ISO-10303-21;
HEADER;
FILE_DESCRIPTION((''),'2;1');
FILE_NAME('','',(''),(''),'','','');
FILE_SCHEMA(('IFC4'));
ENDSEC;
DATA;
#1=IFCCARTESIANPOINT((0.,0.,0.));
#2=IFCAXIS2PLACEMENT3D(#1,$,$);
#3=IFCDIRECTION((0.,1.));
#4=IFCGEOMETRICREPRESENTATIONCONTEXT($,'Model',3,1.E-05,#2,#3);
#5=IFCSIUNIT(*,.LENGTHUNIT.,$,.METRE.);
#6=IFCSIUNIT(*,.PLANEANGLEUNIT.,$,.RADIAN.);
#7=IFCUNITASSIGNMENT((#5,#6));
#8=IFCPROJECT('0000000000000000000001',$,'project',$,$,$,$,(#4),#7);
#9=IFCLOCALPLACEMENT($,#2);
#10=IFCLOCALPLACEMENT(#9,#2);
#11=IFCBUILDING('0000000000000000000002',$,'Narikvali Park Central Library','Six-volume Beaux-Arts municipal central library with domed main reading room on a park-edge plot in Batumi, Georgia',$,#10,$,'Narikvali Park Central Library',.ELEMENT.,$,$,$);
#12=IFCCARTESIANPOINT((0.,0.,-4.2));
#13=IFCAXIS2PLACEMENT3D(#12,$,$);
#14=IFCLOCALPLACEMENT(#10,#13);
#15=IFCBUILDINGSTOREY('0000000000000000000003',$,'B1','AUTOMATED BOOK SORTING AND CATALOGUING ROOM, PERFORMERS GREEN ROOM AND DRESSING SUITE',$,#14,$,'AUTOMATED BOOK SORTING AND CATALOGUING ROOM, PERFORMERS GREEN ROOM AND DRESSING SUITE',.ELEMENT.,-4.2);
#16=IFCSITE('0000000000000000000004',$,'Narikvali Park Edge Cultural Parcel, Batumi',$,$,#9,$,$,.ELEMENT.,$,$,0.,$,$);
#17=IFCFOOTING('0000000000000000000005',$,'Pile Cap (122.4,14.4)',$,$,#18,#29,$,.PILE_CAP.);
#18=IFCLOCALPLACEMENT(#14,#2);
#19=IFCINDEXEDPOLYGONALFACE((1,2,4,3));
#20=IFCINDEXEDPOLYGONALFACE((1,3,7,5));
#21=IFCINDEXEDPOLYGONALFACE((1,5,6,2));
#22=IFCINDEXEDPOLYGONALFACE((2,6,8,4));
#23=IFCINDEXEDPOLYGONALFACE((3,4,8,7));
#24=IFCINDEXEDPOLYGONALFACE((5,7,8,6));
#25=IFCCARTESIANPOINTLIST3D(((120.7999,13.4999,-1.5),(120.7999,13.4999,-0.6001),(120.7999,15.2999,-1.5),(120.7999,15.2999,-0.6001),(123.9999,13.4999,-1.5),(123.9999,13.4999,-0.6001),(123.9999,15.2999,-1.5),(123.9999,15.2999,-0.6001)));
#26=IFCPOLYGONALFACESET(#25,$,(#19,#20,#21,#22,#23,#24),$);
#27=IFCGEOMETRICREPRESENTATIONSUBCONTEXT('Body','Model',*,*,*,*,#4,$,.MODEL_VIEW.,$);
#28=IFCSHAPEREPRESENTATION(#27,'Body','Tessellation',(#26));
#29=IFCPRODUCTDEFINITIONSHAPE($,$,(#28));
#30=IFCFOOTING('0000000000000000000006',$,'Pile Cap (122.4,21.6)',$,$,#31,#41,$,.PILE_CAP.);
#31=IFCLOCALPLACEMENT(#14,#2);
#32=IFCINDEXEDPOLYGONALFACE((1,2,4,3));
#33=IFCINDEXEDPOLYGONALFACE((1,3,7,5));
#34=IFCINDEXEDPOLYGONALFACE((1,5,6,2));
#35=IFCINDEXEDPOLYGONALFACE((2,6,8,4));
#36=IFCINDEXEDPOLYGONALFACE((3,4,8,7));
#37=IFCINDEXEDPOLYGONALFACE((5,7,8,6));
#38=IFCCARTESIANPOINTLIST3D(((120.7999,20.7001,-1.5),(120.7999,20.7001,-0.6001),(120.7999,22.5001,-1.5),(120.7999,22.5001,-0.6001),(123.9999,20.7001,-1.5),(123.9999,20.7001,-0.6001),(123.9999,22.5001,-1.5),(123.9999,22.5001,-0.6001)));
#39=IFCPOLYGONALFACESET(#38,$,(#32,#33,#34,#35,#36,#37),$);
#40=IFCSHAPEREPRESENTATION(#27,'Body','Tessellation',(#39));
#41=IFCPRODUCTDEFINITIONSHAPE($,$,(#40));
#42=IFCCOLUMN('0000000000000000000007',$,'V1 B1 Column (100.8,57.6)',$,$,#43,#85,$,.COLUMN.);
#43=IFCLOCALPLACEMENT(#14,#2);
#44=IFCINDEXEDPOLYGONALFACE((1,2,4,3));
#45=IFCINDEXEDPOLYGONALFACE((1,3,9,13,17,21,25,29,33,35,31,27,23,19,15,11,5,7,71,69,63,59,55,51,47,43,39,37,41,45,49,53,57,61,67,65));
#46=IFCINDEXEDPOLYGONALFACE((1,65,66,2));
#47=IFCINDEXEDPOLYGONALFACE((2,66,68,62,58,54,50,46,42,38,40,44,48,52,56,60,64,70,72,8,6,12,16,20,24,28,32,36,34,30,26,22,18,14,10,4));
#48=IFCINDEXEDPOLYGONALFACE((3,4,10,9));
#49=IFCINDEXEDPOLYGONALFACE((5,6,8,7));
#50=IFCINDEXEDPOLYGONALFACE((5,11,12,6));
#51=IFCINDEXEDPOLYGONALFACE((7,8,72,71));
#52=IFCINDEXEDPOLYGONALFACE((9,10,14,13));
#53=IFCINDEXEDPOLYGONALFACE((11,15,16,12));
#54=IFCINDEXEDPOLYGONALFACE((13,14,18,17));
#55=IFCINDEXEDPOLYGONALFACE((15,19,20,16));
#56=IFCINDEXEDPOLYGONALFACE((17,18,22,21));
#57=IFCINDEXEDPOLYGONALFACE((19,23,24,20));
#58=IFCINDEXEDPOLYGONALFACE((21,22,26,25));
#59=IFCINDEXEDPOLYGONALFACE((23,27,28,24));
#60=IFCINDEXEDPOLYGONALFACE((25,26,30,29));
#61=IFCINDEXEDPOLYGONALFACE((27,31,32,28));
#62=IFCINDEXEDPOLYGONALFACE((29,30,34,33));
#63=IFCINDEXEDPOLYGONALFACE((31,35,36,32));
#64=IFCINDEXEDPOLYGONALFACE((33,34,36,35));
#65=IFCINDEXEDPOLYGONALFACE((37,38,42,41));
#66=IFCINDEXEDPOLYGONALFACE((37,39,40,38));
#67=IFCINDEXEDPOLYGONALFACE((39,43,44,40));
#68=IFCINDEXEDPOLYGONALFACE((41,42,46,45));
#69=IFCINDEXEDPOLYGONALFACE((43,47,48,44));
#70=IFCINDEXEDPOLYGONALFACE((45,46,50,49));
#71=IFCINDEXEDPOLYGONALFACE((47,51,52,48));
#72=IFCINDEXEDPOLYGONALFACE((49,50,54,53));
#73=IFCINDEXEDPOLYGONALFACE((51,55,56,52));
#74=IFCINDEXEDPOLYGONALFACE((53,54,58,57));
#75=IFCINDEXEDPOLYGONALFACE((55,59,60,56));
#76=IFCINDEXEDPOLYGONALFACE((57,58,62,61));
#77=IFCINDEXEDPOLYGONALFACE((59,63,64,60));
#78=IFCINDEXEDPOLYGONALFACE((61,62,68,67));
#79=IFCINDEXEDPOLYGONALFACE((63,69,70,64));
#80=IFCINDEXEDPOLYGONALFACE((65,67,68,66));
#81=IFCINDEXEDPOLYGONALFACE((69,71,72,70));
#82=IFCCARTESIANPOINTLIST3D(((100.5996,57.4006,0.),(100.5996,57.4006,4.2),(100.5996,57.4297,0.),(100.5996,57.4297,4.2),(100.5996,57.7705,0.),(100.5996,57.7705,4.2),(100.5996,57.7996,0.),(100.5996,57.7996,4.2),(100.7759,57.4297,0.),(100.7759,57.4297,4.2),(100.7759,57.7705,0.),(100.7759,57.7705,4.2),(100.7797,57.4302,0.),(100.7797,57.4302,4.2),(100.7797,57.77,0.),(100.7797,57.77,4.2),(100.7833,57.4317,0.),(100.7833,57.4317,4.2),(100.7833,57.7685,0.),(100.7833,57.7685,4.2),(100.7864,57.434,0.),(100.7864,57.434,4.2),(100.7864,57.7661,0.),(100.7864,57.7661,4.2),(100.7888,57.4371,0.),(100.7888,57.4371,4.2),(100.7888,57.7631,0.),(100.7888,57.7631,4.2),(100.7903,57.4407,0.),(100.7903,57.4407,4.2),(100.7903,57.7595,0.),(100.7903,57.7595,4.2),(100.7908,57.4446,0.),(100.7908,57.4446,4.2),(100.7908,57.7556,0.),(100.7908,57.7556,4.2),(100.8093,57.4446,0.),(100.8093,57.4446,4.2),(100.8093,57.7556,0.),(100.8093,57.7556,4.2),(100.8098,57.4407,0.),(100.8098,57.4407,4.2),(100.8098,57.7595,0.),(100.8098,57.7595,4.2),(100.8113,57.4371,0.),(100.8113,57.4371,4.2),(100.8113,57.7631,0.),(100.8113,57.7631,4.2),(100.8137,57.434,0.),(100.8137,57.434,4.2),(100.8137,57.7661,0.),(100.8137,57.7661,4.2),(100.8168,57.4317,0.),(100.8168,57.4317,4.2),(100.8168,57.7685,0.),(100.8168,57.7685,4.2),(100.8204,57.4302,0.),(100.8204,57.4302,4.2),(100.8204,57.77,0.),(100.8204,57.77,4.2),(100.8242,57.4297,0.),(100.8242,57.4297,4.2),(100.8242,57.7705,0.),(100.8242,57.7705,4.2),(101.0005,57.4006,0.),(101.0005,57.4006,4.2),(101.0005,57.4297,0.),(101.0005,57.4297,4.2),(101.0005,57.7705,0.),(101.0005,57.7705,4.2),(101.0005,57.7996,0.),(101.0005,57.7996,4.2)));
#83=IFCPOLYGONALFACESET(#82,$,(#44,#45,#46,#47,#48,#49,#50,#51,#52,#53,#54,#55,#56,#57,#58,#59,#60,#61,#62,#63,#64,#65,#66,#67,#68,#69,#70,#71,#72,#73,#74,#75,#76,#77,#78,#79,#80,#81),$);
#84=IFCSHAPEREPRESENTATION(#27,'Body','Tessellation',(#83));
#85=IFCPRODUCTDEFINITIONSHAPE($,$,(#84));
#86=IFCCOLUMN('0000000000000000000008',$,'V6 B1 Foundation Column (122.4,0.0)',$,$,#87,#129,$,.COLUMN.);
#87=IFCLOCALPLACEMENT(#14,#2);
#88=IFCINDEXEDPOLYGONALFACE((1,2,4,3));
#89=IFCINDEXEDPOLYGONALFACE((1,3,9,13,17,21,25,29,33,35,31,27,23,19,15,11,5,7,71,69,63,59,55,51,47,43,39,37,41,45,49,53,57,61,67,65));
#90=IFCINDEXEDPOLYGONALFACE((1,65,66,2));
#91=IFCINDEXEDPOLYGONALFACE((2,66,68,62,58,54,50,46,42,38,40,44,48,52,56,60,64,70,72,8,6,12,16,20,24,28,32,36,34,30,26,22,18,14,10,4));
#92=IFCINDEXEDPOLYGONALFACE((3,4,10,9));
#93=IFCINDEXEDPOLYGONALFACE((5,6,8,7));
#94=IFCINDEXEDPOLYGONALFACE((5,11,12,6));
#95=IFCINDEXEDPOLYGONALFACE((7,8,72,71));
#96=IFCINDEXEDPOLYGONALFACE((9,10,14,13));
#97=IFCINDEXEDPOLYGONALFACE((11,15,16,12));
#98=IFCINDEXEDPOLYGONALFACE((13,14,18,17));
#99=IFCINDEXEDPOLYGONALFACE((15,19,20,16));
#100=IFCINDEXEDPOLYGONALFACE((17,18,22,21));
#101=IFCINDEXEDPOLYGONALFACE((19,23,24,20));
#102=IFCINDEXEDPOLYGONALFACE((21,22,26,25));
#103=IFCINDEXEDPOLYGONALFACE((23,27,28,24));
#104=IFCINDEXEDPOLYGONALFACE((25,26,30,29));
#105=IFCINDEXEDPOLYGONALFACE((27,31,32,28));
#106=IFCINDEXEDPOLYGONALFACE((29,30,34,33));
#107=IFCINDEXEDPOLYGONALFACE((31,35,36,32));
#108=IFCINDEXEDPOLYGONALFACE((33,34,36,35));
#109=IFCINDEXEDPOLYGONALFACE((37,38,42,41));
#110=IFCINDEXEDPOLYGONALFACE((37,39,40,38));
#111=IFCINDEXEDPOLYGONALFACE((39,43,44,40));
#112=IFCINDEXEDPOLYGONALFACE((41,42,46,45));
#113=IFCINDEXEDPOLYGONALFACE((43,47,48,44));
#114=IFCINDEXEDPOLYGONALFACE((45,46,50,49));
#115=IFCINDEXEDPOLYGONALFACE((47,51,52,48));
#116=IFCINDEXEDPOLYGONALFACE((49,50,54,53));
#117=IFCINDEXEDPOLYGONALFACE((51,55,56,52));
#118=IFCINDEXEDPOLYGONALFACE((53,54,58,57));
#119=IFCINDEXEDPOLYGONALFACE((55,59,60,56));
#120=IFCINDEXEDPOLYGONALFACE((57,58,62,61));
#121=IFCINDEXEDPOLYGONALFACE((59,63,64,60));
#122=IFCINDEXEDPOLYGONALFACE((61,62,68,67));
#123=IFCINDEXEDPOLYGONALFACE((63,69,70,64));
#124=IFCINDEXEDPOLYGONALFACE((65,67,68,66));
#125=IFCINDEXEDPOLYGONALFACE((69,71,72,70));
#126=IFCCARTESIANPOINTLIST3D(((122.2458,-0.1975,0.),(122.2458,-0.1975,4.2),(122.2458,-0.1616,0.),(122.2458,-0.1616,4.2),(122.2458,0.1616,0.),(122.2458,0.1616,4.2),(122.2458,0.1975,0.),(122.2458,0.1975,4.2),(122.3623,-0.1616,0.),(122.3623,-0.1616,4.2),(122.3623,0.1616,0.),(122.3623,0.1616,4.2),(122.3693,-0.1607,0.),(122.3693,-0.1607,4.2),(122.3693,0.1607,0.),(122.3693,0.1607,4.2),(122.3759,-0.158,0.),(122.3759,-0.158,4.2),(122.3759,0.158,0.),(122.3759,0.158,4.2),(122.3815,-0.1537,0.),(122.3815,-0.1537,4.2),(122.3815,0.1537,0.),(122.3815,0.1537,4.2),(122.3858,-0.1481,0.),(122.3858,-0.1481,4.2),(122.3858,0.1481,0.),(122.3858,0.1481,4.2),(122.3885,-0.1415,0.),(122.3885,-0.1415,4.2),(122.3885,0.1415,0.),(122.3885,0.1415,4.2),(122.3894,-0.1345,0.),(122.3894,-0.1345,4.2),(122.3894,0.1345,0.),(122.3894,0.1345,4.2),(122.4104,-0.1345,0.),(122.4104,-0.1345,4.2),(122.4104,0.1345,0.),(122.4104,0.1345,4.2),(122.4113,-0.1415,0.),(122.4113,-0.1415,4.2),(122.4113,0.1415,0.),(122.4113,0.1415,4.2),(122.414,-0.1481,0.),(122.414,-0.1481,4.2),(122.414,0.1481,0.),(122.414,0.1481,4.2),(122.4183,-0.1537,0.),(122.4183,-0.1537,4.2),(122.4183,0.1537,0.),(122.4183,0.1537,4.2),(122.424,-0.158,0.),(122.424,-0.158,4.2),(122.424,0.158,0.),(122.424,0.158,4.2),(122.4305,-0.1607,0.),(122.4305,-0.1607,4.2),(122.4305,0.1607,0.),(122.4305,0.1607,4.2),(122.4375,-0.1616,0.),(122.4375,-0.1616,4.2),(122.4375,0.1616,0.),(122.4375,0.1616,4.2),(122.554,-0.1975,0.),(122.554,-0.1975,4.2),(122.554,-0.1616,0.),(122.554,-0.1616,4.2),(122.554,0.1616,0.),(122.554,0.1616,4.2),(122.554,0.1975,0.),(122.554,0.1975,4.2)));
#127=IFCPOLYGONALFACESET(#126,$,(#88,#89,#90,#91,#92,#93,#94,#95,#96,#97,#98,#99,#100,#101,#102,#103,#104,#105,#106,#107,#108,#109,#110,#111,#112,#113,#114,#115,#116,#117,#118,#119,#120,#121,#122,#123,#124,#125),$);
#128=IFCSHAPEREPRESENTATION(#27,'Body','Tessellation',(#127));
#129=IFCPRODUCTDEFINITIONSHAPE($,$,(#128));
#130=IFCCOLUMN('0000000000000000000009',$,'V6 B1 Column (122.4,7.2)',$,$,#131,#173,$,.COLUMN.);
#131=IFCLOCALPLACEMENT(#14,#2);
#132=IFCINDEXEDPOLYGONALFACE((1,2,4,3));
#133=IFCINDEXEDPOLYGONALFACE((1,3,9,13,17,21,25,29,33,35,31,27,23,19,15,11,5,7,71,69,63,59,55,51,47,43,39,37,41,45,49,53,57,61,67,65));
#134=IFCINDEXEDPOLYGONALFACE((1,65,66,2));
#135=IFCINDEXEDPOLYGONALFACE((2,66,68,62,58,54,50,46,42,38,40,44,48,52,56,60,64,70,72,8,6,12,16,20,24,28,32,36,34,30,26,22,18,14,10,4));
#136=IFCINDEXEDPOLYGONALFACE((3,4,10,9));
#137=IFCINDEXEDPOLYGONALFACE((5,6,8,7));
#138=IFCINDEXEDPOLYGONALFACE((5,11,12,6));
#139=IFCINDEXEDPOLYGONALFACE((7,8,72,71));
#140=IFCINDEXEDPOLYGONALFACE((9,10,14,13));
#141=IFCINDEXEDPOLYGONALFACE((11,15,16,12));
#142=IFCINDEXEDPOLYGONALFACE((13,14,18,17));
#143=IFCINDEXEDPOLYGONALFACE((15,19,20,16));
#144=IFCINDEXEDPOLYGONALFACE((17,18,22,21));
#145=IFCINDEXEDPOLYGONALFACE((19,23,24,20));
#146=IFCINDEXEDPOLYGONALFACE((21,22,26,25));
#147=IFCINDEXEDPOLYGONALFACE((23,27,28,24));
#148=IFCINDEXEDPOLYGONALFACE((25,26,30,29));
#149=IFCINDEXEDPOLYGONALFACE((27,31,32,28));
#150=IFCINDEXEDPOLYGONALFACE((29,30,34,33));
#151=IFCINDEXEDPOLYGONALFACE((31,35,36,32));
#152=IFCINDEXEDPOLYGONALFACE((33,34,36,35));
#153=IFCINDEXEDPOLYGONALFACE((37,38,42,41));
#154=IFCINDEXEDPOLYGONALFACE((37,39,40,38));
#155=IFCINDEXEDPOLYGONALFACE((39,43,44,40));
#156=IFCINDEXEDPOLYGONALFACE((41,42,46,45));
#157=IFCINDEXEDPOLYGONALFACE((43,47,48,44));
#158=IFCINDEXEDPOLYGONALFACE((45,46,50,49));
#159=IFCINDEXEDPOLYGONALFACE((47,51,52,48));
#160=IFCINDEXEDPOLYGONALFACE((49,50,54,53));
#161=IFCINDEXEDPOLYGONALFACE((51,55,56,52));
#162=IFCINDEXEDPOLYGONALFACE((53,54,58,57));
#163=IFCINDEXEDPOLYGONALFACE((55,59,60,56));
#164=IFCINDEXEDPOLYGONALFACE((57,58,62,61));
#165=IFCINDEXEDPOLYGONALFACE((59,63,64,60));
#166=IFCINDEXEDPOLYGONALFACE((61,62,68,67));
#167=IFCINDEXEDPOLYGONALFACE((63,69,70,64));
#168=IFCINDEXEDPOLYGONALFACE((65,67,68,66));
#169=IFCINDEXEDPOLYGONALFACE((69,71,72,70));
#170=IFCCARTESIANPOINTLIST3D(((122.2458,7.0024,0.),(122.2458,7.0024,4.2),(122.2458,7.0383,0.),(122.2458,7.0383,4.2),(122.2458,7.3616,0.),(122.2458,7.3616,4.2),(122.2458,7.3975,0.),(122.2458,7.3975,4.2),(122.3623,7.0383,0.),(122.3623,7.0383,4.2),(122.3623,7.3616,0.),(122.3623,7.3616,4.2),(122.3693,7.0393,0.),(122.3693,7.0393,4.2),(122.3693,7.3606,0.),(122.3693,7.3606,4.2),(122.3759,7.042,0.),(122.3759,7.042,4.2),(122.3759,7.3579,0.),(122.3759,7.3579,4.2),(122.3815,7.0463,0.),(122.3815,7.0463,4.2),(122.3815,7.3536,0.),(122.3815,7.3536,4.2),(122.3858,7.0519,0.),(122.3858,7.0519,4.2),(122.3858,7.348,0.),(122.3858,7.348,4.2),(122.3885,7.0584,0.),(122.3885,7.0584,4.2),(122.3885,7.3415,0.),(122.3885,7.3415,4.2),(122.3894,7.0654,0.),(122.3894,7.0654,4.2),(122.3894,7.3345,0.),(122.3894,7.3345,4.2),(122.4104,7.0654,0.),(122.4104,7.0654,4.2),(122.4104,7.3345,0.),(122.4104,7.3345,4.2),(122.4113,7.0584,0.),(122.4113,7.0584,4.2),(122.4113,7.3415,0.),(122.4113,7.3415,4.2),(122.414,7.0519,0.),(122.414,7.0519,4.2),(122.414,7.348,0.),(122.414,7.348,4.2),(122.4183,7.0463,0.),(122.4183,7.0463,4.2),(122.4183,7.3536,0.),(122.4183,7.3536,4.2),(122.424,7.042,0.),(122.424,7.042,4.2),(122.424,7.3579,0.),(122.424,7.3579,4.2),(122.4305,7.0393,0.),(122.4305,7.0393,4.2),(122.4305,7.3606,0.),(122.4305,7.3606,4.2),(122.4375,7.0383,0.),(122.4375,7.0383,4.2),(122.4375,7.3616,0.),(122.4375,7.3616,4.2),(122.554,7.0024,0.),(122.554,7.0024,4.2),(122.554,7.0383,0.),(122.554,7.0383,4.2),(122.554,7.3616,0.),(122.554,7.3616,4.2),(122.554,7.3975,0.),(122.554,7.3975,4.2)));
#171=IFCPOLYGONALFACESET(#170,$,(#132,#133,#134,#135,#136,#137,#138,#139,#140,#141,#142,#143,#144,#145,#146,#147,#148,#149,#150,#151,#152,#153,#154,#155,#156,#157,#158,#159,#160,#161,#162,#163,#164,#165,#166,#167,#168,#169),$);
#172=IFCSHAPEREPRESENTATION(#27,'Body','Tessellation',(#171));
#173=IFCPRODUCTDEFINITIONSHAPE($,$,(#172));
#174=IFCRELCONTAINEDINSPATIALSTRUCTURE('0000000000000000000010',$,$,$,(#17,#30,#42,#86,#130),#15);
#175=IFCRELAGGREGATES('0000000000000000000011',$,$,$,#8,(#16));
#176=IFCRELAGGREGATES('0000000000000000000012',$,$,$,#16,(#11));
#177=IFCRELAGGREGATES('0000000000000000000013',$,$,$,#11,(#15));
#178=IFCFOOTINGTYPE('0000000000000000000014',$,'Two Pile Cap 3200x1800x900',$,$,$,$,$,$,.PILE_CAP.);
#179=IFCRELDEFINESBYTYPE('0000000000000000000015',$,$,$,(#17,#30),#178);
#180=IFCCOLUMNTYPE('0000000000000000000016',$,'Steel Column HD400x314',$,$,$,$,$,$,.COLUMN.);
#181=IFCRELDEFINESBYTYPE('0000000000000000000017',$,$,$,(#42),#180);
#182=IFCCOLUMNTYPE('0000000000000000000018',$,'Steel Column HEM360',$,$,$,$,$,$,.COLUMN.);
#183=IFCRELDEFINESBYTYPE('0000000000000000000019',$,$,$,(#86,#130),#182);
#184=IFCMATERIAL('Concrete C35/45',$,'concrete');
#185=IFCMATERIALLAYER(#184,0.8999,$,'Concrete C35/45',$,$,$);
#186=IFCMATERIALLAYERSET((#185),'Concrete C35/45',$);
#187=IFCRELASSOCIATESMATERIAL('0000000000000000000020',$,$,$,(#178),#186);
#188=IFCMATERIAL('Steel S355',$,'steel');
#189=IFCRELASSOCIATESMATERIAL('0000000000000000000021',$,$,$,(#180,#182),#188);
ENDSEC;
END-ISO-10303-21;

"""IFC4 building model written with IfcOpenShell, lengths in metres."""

from ifc_helpers import new_model, si_unit, direction, frame, origin, origin_2d, place, context, subcontext, project, spatial, rectangle, i_section, extrude, material, layer, layer_set, material_profile, profile_set, type_object, element, save


model = new_model("IFC4")

# Units and contexts
model_context = context("Model", 3, precision=1e-05, world=origin(), true_north=direction((0.0, 1.0)))
body_context = subcontext(model_context, "Body", "Model", "MODEL_VIEW")
ifc_project = project(units=[si_unit("LENGTHUNIT", "METRE"), si_unit("PLANEANGLEUNIT", "RADIAN")], contexts=[model_context])

# Site, building, storey
site_placement = place(None, origin())
site = spatial("IfcSite", under=ifc_project, at=site_placement, Name="Narikvali Park Edge Cultural Parcel, Batumi", CompositionType="ELEMENT", RefElevation=0.0)
building_placement = place(site_placement, origin())
building = spatial("IfcBuilding", under=site, at=building_placement, Name="Narikvali Park Central Library", Description="Six-volume Beaux-Arts municipal central library with domed main reading room on a park-edge plot in Batumi, Georgia", LongName="Narikvali Park Central Library", CompositionType="ELEMENT")
storey_placement = place(building_placement, frame((0.0, 0.0, -4.2)))
storey = spatial("IfcBuildingStorey", under=building, at=storey_placement, Name="B1", Description="AUTOMATED BOOK SORTING AND CATALOGUING ROOM, PERFORMERS GREEN ROOM AND DRESSING SUITE", LongName="AUTOMATED BOOK SORTING AND CATALOGUING ROOM, PERFORMERS GREEN ROOM AND DRESSING SUITE", CompositionType="ELEMENT", Elevation=-4.2)

# Shared definitions
ifc_material_1 = material(Name="Concrete C35/45", Category="concrete")

# Footings
ifc_layer_1 = layer(ifc_material_1, 0.8999, Name="Concrete C35/45")
ifc_layer_set_1 = layer_set([ifc_layer_1], Name="Concrete C35/45")
footing_type_1 = type_object("IfcFootingType", Name="Two Pile Cap 3200x1800x900", PredefinedType="PILE_CAP", material=ifc_layer_set_1)
for number, where, z_axis, x_axis, name in (
    (1, (122.3999, 14.3999, -1.5), (0.0, 0.0, 1.0), (1.0, 0.0, 0.0), "Pile Cap (122.4,14.4)"),
    (2, (122.3999, 21.6001, -1.5), (0.0, 0.0, 1.0), (1.0, 0.0, 0.0), "Pile Cap (122.4,21.6)"),
):
    element("IfcFooting", number, at=place(storey_placement, frame(where, z_axis=z_axis, x_axis=x_axis)), inside=storey, type_object=footing_type_1, Name=name, PredefinedType="PILE_CAP", context=body_context, shape_type="SweptSolid", body=[
        extrude(rectangle(XDim=3.2, YDim=1.8, at=origin_2d()), origin(), (0.0, 0.0, 1.0), 0.8999),
    ])

# Columns
ifc_material_2 = material(Name="Steel S355", Category="steel")
ifc_material_profile_1 = material_profile(ifc_material_2, i_section(OverallWidth=0.4009, OverallDepth=0.3989, WebThickness=0.0186, FlangeThickness=0.0291, FilletRadius=0.0149, at=origin_2d()), Name="HD 400x314")
ifc_profile_set_1 = profile_set([ifc_material_profile_1], Name="Steel S355")
column_type_1 = type_object("IfcColumnType", Name="Steel Column HD400x314", PredefinedType="COLUMN", material=ifc_profile_set_1)
column_placement = place(storey_placement, frame((100.8, 57.6001, 0.0), z_axis=(0.0, 0.0, 1.0), x_axis=(1.0, 0.0, 0.0)))
element("IfcColumn", 3, at=column_placement, inside=storey, type_object=column_type_1, Name="V1 B1 Column (100.8,57.6)", PredefinedType="COLUMN", context=body_context, shape_type="SweptSolid", body=[
    extrude(i_section(OverallWidth=0.4009, OverallDepth=0.3989, WebThickness=0.0186, FlangeThickness=0.0291, FilletRadius=0.0149, at=origin_2d()), origin(), (0.0, 0.0, 1.0), 4.2),
])
ifc_material_profile_2 = material_profile(ifc_material_2, i_section(OverallWidth=0.3081, OverallDepth=0.395, WebThickness=0.021, FlangeThickness=0.0359, FilletRadius=0.0271, at=origin_2d()), Name="HEM 360")
ifc_profile_set_2 = profile_set([ifc_material_profile_2], Name="Steel S355")
column_type_2 = type_object("IfcColumnType", Name="Steel Column HEM360", PredefinedType="COLUMN", material=ifc_profile_set_2)
for number, where, z_axis, x_axis, name in (
    (4, (122.3999, 0.0, 0.0), (0.0, 0.0, 1.0), (1.0, 0.0, 0.0), "V6 B1 Foundation Column (122.4,0.0)"),
    (5, (122.3999, 7.2, 0.0), (0.0, 0.0, 1.0), (1.0, 0.0, 0.0), "V6 B1 Column (122.4,7.2)"),
):
    element("IfcColumn", number, at=place(storey_placement, frame(where, z_axis=z_axis, x_axis=x_axis)), inside=storey, type_object=column_type_2, Name=name, PredefinedType="COLUMN", context=body_context, shape_type="SweptSolid", body=[
        extrude(i_section(OverallWidth=0.3081, OverallDepth=0.395, WebThickness=0.021, FlangeThickness=0.0359, FilletRadius=0.0271, at=origin_2d()), origin(), (0.0, 0.0, 1.0), 4.2),
    ])

save(model, "model.ifc")
